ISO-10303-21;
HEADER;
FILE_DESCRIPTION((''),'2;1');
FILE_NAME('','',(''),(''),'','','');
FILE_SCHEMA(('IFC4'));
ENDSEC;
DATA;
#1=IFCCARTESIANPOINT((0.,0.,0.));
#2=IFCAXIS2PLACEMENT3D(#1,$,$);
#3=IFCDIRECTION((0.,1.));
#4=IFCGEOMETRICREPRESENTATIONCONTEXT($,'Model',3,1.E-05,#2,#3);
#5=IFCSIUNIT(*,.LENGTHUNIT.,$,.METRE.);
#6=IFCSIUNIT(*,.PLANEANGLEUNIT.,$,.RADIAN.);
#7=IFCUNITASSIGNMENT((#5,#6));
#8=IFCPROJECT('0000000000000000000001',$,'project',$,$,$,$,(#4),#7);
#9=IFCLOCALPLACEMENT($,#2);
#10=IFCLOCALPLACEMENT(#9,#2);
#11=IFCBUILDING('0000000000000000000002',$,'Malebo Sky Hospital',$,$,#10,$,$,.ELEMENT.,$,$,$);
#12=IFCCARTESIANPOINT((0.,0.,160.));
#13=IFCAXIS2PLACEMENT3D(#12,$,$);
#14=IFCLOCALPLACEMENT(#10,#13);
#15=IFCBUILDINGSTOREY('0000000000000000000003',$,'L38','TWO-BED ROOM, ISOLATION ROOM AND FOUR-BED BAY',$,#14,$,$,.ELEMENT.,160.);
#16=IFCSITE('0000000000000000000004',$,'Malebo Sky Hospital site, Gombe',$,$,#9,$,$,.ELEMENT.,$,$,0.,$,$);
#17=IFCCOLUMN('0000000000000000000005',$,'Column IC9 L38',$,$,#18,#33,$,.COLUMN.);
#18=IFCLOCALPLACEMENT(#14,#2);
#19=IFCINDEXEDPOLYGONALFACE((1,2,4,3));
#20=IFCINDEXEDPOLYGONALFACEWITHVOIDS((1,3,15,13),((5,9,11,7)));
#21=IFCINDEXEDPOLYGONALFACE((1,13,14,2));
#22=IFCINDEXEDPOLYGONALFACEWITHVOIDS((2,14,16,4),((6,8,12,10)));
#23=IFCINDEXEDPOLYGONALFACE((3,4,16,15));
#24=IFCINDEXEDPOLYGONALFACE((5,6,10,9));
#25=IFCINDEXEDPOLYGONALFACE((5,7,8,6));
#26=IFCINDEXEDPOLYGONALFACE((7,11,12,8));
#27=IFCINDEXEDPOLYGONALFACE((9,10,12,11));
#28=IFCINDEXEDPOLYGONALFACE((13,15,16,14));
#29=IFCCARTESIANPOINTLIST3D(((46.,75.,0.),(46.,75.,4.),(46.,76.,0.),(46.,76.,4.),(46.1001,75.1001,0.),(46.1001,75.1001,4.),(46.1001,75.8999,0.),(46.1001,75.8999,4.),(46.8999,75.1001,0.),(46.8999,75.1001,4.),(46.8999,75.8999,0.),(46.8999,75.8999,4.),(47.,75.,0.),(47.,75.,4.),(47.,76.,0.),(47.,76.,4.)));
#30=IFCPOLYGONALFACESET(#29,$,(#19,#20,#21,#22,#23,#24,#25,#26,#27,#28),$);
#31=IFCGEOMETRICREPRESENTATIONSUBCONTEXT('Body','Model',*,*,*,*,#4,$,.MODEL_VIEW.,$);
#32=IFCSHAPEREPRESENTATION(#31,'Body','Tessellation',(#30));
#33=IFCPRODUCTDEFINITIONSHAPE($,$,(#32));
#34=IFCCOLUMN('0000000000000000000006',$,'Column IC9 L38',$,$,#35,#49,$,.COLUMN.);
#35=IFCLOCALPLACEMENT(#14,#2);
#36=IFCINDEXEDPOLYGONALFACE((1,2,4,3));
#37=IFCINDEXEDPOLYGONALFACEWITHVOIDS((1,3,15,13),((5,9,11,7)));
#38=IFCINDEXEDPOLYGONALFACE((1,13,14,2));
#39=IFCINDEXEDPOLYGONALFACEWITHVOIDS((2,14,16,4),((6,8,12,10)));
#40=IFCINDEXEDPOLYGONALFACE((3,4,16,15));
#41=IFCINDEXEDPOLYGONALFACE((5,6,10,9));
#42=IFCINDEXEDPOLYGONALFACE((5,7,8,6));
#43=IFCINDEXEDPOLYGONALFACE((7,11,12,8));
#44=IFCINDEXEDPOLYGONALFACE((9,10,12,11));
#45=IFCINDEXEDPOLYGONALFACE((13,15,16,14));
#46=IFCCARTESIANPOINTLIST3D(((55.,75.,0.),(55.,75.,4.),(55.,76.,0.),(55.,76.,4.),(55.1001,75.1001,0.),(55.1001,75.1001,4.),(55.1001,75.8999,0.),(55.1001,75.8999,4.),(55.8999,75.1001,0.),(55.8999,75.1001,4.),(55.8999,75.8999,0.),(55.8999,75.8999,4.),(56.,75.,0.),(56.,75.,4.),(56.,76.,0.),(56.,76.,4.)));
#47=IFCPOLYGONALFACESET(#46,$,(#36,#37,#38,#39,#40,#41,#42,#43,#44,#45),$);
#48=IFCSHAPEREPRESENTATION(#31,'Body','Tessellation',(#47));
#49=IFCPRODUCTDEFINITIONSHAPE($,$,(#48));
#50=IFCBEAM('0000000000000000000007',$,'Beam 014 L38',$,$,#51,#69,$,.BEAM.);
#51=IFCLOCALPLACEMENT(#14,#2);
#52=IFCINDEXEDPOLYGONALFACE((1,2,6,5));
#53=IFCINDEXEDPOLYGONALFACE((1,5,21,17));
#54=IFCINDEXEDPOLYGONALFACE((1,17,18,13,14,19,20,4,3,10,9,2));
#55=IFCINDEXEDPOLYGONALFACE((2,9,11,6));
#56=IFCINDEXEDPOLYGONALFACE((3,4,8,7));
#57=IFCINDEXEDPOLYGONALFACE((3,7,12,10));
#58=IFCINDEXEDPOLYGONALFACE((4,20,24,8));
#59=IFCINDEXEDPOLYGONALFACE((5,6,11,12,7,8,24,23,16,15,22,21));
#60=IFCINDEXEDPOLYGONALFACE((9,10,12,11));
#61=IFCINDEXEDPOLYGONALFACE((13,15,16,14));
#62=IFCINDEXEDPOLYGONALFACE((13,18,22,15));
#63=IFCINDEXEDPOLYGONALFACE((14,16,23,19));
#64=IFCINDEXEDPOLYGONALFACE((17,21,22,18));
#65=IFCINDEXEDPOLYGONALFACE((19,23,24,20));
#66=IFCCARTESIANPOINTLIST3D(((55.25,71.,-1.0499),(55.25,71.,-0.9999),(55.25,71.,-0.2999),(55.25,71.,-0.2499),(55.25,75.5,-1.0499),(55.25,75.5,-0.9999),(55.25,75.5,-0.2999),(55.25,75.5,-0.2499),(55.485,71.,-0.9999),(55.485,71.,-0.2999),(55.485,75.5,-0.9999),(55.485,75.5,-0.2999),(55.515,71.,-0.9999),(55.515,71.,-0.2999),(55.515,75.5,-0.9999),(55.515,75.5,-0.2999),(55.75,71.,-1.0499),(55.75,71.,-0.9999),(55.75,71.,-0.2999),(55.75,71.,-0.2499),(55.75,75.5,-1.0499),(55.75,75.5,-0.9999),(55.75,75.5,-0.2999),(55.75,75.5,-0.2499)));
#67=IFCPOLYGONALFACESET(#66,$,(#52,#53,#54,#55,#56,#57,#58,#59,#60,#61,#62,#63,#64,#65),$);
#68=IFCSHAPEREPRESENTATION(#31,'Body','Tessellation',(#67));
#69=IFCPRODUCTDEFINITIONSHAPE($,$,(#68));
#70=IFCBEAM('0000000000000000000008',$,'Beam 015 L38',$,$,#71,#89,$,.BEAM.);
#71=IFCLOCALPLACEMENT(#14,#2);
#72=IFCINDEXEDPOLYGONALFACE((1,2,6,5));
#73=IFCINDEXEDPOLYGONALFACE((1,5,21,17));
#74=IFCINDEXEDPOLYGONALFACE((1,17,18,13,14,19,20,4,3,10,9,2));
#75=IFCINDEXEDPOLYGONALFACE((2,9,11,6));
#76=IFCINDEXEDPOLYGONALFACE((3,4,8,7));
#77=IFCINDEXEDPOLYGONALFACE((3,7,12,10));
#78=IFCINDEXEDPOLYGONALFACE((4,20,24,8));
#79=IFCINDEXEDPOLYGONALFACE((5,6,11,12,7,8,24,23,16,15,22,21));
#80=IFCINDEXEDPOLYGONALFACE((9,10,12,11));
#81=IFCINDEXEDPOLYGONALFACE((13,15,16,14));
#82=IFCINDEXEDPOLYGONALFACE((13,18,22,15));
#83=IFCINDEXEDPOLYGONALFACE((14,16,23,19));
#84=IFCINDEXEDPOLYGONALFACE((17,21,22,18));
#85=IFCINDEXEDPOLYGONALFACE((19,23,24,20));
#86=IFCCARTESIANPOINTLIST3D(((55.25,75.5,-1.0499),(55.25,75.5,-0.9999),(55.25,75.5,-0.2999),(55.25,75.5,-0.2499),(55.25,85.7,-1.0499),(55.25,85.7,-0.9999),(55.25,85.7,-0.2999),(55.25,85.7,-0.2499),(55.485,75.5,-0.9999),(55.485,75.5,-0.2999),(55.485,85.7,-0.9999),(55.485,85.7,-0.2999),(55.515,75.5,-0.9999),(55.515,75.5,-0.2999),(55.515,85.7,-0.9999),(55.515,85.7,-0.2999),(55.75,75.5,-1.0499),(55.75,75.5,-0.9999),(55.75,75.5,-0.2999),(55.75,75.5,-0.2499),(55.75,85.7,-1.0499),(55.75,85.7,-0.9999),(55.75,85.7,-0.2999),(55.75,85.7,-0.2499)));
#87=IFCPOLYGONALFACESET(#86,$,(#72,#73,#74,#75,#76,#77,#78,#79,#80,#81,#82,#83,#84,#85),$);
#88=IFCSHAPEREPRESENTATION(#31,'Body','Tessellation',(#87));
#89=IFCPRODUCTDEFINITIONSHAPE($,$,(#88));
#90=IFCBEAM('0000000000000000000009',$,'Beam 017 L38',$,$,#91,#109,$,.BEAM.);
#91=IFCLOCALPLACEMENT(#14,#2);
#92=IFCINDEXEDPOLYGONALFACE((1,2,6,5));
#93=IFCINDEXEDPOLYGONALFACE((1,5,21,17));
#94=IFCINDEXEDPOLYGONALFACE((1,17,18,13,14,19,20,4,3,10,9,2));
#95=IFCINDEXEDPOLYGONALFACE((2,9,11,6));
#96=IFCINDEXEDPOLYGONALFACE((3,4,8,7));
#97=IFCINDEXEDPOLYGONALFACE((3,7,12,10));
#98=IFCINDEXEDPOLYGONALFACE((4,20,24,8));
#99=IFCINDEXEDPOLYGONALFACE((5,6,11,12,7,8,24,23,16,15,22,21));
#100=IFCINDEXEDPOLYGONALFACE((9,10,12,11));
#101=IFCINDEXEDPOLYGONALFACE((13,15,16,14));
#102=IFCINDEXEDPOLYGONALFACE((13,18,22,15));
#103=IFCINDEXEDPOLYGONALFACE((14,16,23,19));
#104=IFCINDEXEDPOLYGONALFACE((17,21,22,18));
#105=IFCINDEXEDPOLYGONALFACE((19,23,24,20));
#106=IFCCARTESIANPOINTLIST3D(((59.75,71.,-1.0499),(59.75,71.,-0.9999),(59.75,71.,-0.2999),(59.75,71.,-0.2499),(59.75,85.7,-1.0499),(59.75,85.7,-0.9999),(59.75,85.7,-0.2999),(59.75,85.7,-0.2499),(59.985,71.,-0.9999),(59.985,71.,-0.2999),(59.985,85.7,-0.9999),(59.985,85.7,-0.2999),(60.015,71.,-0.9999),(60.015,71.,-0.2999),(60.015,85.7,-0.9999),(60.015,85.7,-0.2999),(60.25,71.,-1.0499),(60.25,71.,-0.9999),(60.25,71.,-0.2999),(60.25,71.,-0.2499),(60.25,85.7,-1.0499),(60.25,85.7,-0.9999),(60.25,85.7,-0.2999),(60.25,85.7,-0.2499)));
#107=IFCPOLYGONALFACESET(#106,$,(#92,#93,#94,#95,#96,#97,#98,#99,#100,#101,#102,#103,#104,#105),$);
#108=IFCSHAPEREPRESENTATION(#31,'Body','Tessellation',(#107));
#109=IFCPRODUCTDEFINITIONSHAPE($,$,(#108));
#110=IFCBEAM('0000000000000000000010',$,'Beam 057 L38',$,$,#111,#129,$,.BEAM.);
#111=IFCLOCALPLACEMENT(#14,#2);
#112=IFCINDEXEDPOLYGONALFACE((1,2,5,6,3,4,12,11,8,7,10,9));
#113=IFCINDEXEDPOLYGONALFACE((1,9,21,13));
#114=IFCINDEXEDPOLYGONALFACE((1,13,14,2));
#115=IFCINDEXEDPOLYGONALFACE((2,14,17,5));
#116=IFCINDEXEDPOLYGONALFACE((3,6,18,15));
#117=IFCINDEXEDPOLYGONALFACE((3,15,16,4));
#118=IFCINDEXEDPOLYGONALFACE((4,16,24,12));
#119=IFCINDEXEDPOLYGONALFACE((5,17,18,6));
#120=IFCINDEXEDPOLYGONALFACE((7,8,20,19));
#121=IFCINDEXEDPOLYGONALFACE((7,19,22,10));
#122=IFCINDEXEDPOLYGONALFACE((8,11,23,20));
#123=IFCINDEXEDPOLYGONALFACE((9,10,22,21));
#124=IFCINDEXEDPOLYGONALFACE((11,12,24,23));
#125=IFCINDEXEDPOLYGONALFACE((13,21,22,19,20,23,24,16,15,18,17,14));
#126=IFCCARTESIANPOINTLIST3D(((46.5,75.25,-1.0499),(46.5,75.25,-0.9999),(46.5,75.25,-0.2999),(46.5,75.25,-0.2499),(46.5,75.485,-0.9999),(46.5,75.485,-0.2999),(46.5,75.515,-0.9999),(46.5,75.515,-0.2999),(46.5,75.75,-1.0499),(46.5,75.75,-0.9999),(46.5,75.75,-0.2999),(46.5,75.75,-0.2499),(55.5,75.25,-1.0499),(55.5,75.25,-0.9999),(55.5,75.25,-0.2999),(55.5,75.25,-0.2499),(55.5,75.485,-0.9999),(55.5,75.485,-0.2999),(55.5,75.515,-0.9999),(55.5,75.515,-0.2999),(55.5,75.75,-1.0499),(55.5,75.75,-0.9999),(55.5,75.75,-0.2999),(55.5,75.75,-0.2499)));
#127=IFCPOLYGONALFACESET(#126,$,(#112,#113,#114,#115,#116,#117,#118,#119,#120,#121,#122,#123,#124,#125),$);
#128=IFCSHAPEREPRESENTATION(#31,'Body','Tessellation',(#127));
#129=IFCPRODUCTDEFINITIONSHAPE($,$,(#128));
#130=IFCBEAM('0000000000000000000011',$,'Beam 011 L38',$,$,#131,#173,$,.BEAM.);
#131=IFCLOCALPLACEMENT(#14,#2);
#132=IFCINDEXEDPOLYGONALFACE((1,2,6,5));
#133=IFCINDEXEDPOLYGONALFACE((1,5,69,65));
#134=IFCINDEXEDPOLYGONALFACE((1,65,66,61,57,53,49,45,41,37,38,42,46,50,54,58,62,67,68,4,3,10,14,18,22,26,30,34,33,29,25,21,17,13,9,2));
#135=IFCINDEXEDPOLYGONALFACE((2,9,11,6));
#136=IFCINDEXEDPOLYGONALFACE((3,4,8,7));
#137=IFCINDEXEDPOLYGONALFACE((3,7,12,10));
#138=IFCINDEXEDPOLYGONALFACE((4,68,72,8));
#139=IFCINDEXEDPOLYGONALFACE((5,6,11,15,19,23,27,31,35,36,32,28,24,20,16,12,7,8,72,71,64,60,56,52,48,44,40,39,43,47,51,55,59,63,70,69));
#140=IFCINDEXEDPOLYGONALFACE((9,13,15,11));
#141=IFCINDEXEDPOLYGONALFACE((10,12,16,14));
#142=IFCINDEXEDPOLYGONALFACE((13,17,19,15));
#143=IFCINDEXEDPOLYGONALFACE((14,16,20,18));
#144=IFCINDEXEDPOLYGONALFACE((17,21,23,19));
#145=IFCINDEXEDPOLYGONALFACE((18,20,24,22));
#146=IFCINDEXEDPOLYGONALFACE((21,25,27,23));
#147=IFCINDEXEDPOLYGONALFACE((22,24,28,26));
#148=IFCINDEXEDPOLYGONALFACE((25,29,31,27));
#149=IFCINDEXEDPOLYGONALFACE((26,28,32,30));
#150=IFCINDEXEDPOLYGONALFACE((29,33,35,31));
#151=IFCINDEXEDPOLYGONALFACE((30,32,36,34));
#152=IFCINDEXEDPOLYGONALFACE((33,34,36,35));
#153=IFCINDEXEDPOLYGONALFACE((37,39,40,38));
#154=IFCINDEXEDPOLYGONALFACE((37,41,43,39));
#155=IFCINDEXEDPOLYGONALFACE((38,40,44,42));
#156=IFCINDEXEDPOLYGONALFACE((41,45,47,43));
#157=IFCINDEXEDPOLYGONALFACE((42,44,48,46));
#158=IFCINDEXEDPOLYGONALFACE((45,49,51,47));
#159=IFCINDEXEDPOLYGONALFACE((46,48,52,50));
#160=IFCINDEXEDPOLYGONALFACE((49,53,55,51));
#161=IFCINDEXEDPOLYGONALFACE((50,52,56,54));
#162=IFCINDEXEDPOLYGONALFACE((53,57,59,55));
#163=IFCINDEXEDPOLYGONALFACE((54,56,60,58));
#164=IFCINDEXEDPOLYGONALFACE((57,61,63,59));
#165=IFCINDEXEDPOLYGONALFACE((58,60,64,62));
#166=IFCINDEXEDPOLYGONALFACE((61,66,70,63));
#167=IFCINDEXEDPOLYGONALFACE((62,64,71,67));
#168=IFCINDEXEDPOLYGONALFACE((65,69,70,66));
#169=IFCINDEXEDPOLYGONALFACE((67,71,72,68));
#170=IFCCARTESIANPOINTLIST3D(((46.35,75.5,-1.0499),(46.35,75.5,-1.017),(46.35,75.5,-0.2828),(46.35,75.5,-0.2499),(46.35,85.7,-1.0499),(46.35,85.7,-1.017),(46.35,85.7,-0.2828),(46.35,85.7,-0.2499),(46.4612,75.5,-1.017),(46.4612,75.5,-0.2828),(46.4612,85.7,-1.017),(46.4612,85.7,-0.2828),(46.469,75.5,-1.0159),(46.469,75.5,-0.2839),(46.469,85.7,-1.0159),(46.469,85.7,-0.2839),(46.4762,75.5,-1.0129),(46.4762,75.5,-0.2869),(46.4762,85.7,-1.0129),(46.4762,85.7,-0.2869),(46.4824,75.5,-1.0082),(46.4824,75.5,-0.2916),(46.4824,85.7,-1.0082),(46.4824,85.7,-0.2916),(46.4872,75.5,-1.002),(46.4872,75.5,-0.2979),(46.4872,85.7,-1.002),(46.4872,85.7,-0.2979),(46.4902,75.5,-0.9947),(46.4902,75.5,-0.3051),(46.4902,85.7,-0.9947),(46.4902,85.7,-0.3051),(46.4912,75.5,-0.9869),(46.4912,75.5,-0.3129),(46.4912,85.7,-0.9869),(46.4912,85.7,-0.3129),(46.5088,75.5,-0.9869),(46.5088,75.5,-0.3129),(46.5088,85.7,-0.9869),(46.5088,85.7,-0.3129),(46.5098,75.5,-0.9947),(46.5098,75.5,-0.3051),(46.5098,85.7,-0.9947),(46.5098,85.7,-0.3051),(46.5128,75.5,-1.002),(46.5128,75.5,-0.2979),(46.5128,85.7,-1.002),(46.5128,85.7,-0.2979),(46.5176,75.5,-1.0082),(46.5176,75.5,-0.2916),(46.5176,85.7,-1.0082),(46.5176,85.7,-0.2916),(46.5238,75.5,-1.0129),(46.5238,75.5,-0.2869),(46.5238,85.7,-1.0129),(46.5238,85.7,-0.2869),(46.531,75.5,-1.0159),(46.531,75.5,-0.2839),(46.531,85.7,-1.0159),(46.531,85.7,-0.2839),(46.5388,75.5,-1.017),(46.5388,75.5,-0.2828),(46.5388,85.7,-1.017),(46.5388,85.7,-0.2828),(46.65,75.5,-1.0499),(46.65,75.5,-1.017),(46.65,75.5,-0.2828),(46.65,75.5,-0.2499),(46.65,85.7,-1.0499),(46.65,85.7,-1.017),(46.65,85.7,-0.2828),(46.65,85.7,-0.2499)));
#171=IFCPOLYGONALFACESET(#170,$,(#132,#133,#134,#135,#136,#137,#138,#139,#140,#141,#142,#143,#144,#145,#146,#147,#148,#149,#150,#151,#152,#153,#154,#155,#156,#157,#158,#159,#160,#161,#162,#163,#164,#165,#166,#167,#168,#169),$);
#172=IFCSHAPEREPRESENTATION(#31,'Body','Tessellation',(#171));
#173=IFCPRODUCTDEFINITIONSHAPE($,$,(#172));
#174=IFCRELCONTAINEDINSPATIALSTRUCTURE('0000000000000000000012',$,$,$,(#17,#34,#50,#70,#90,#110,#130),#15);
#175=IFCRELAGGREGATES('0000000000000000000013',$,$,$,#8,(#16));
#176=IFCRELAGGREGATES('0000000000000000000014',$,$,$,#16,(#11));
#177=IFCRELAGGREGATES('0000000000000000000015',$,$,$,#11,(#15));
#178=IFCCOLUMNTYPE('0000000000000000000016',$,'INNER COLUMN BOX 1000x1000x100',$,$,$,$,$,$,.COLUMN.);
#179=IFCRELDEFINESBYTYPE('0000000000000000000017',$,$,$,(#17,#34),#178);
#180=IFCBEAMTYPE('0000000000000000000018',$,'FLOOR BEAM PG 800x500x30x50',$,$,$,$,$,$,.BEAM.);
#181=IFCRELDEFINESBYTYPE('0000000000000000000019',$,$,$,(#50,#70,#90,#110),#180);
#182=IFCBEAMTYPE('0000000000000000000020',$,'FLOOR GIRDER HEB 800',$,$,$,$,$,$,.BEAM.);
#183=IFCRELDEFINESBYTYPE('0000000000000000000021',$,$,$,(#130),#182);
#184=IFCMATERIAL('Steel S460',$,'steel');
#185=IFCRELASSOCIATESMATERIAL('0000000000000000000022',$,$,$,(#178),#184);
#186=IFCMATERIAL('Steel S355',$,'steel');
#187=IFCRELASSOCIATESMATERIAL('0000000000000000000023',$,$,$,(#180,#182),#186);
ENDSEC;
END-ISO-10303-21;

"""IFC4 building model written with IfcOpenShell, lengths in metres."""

from ifc_helpers import new_model, si_unit, direction, frame, origin, origin_2d, place, context, subcontext, project, spatial, hollow_rectangle, i_section, extrude, material, material_profile, profile_set, type_object, element, save


model = new_model("IFC4")

# Units and contexts
model_context = context("Model", 3, precision=1e-05, world=origin(), true_north=direction((0.0, 1.0)))
body_context = subcontext(model_context, "Body", "Model", "MODEL_VIEW")
ifc_project = project(units=[si_unit("LENGTHUNIT", "METRE"), si_unit("PLANEANGLEUNIT", "RADIAN")], contexts=[model_context])

# Site, building, storey
site_placement = place(None, origin())
site = spatial("IfcSite", under=ifc_project, at=site_placement, Name="Malebo Sky Hospital site, Gombe", CompositionType="ELEMENT", RefElevation=0.0)
building_placement = place(site_placement, origin())
building = spatial("IfcBuilding", under=site, at=building_placement, Name="Malebo Sky Hospital", CompositionType="ELEMENT")
storey_placement = place(building_placement, frame((0.0, 0.0, 160.0)))
storey = spatial("IfcBuildingStorey", under=building, at=storey_placement, Name="L38", Description="TWO-BED ROOM, ISOLATION ROOM AND FOUR-BED BAY", CompositionType="ELEMENT", Elevation=160.0)

# Columns
ifc_material_1 = material(Name="Steel S460", Category="steel")
ifc_material_profile_1 = material_profile(ifc_material_1, hollow_rectangle(XDim=1.0, YDim=1.0, WallThickness=0.1001, at=origin_2d()), Name="BOX 1000x1000x100")
ifc_profile_set_1 = profile_set([ifc_material_profile_1], Name="Steel S460")
column_type = type_object("IfcColumnType", Name="INNER COLUMN BOX 1000x1000x100", PredefinedType="COLUMN", material=ifc_profile_set_1)
for number, where, z_axis, x_axis, name in (
    (1, (46.5, 75.5, 0.0), (0.0, 0.0, 1.0), (1.0, 0.0, 0.0), "Column IC9 L38"),
    (2, (55.5, 75.5, 0.0), (0.0, 0.0, 1.0), (1.0, 0.0, 0.0), "Column IC9 L38"),
):
    element("IfcColumn", number, at=place(storey_placement, frame(where, z_axis=z_axis, x_axis=x_axis)), inside=storey, type_object=column_type, Name=name, PredefinedType="COLUMN", context=body_context, shape_type="SweptSolid", body=[
        extrude(hollow_rectangle(XDim=1.0, YDim=1.0, WallThickness=0.1001, at=origin_2d()), origin(), (0.0, 0.0, 1.0), 4.0),
    ])

# Beams
ifc_material_2 = material(Name="Steel S355", Category="steel")
ifc_material_profile_2 = material_profile(ifc_material_2, i_section(OverallWidth=0.5, OverallDepth=0.8, WebThickness=0.03, FlangeThickness=0.05, at=origin_2d()), Name="PG 800x500x30x50")
ifc_profile_set_2 = profile_set([ifc_material_profile_2], Name="Steel S355")
beam_type_1 = type_object("IfcBeamType", Name="FLOOR BEAM PG 800x500x30x50", PredefinedType="BEAM", material=ifc_profile_set_2)
beam_1_placement = place(storey_placement, frame((55.5, 71.0, -0.6499), z_axis=(0.0, 1.0, 0.0), x_axis=(-1.0, 0.0, 0.0)))
element("IfcBeam", 3, at=beam_1_placement, inside=storey, type_object=beam_type_1, Name="Beam 014 L38", PredefinedType="BEAM", context=body_context, shape_type="SweptSolid", body=[
    extrude(i_section(OverallWidth=0.5, OverallDepth=0.8, WebThickness=0.03, FlangeThickness=0.05, at=origin_2d()), origin(), (0.0, 0.0, 1.0), 4.5),
])
beam_2_placement = place(storey_placement, frame((55.5, 75.5, -0.6499), z_axis=(0.0, 1.0, 0.0), x_axis=(-1.0, 0.0, 0.0)))
element("IfcBeam", 4, at=beam_2_placement, inside=storey, type_object=beam_type_1, Name="Beam 015 L38", PredefinedType="BEAM", context=body_context, shape_type="SweptSolid", body=[
    extrude(i_section(OverallWidth=0.5, OverallDepth=0.8, WebThickness=0.03, FlangeThickness=0.05, at=origin_2d()), origin(), (0.0, 0.0, 1.0), 10.2),
])
beam_3_placement = place(storey_placement, frame((60.0, 71.0, -0.6499), z_axis=(0.0, 1.0, 0.0), x_axis=(-1.0, 0.0, 0.0)))
element("IfcBeam", 5, at=beam_3_placement, inside=storey, type_object=beam_type_1, Name="Beam 017 L38", PredefinedType="BEAM", context=body_context, shape_type="SweptSolid", body=[
    extrude(i_section(OverallWidth=0.5, OverallDepth=0.8, WebThickness=0.03, FlangeThickness=0.05, at=origin_2d()), origin(), (0.0, 0.0, 1.0), 14.7),
])
beam_4_placement = place(storey_placement, frame((46.5, 75.5, -0.6499), z_axis=(1.0, 0.0, 0.0), x_axis=(0.0, 1.0, 0.0)))
element("IfcBeam", 6, at=beam_4_placement, inside=storey, type_object=beam_type_1, Name="Beam 057 L38", PredefinedType="BEAM", context=body_context, shape_type="SweptSolid", body=[
    extrude(i_section(OverallWidth=0.5, OverallDepth=0.8, WebThickness=0.03, FlangeThickness=0.05, at=origin_2d()), origin(), (0.0, 0.0, 1.0), 9.0),
])
ifc_material_profile_3 = material_profile(ifc_material_2, i_section(OverallWidth=0.3, OverallDepth=0.8, WebThickness=0.0176, FlangeThickness=0.033, FilletRadius=0.03, at=origin_2d()), Name="HEB 800")
ifc_profile_set_3 = profile_set([ifc_material_profile_3], Name="Steel S355")
beam_type_2 = type_object("IfcBeamType", Name="FLOOR GIRDER HEB 800", PredefinedType="BEAM", material=ifc_profile_set_3)
beam_5_placement = place(storey_placement, frame((46.5, 75.5, -0.6499), z_axis=(0.0, 1.0, 0.0), x_axis=(-1.0, 0.0, 0.0)))
element("IfcBeam", 7, at=beam_5_placement, inside=storey, type_object=beam_type_2, Name="Beam 011 L38", PredefinedType="BEAM", context=body_context, shape_type="SweptSolid", body=[
    extrude(i_section(OverallWidth=0.3, OverallDepth=0.8, WebThickness=0.0176, FlangeThickness=0.033, FilletRadius=0.03, at=origin_2d()), origin(), (0.0, 0.0, 1.0), 10.2),
])

save(model, "model.ifc")
